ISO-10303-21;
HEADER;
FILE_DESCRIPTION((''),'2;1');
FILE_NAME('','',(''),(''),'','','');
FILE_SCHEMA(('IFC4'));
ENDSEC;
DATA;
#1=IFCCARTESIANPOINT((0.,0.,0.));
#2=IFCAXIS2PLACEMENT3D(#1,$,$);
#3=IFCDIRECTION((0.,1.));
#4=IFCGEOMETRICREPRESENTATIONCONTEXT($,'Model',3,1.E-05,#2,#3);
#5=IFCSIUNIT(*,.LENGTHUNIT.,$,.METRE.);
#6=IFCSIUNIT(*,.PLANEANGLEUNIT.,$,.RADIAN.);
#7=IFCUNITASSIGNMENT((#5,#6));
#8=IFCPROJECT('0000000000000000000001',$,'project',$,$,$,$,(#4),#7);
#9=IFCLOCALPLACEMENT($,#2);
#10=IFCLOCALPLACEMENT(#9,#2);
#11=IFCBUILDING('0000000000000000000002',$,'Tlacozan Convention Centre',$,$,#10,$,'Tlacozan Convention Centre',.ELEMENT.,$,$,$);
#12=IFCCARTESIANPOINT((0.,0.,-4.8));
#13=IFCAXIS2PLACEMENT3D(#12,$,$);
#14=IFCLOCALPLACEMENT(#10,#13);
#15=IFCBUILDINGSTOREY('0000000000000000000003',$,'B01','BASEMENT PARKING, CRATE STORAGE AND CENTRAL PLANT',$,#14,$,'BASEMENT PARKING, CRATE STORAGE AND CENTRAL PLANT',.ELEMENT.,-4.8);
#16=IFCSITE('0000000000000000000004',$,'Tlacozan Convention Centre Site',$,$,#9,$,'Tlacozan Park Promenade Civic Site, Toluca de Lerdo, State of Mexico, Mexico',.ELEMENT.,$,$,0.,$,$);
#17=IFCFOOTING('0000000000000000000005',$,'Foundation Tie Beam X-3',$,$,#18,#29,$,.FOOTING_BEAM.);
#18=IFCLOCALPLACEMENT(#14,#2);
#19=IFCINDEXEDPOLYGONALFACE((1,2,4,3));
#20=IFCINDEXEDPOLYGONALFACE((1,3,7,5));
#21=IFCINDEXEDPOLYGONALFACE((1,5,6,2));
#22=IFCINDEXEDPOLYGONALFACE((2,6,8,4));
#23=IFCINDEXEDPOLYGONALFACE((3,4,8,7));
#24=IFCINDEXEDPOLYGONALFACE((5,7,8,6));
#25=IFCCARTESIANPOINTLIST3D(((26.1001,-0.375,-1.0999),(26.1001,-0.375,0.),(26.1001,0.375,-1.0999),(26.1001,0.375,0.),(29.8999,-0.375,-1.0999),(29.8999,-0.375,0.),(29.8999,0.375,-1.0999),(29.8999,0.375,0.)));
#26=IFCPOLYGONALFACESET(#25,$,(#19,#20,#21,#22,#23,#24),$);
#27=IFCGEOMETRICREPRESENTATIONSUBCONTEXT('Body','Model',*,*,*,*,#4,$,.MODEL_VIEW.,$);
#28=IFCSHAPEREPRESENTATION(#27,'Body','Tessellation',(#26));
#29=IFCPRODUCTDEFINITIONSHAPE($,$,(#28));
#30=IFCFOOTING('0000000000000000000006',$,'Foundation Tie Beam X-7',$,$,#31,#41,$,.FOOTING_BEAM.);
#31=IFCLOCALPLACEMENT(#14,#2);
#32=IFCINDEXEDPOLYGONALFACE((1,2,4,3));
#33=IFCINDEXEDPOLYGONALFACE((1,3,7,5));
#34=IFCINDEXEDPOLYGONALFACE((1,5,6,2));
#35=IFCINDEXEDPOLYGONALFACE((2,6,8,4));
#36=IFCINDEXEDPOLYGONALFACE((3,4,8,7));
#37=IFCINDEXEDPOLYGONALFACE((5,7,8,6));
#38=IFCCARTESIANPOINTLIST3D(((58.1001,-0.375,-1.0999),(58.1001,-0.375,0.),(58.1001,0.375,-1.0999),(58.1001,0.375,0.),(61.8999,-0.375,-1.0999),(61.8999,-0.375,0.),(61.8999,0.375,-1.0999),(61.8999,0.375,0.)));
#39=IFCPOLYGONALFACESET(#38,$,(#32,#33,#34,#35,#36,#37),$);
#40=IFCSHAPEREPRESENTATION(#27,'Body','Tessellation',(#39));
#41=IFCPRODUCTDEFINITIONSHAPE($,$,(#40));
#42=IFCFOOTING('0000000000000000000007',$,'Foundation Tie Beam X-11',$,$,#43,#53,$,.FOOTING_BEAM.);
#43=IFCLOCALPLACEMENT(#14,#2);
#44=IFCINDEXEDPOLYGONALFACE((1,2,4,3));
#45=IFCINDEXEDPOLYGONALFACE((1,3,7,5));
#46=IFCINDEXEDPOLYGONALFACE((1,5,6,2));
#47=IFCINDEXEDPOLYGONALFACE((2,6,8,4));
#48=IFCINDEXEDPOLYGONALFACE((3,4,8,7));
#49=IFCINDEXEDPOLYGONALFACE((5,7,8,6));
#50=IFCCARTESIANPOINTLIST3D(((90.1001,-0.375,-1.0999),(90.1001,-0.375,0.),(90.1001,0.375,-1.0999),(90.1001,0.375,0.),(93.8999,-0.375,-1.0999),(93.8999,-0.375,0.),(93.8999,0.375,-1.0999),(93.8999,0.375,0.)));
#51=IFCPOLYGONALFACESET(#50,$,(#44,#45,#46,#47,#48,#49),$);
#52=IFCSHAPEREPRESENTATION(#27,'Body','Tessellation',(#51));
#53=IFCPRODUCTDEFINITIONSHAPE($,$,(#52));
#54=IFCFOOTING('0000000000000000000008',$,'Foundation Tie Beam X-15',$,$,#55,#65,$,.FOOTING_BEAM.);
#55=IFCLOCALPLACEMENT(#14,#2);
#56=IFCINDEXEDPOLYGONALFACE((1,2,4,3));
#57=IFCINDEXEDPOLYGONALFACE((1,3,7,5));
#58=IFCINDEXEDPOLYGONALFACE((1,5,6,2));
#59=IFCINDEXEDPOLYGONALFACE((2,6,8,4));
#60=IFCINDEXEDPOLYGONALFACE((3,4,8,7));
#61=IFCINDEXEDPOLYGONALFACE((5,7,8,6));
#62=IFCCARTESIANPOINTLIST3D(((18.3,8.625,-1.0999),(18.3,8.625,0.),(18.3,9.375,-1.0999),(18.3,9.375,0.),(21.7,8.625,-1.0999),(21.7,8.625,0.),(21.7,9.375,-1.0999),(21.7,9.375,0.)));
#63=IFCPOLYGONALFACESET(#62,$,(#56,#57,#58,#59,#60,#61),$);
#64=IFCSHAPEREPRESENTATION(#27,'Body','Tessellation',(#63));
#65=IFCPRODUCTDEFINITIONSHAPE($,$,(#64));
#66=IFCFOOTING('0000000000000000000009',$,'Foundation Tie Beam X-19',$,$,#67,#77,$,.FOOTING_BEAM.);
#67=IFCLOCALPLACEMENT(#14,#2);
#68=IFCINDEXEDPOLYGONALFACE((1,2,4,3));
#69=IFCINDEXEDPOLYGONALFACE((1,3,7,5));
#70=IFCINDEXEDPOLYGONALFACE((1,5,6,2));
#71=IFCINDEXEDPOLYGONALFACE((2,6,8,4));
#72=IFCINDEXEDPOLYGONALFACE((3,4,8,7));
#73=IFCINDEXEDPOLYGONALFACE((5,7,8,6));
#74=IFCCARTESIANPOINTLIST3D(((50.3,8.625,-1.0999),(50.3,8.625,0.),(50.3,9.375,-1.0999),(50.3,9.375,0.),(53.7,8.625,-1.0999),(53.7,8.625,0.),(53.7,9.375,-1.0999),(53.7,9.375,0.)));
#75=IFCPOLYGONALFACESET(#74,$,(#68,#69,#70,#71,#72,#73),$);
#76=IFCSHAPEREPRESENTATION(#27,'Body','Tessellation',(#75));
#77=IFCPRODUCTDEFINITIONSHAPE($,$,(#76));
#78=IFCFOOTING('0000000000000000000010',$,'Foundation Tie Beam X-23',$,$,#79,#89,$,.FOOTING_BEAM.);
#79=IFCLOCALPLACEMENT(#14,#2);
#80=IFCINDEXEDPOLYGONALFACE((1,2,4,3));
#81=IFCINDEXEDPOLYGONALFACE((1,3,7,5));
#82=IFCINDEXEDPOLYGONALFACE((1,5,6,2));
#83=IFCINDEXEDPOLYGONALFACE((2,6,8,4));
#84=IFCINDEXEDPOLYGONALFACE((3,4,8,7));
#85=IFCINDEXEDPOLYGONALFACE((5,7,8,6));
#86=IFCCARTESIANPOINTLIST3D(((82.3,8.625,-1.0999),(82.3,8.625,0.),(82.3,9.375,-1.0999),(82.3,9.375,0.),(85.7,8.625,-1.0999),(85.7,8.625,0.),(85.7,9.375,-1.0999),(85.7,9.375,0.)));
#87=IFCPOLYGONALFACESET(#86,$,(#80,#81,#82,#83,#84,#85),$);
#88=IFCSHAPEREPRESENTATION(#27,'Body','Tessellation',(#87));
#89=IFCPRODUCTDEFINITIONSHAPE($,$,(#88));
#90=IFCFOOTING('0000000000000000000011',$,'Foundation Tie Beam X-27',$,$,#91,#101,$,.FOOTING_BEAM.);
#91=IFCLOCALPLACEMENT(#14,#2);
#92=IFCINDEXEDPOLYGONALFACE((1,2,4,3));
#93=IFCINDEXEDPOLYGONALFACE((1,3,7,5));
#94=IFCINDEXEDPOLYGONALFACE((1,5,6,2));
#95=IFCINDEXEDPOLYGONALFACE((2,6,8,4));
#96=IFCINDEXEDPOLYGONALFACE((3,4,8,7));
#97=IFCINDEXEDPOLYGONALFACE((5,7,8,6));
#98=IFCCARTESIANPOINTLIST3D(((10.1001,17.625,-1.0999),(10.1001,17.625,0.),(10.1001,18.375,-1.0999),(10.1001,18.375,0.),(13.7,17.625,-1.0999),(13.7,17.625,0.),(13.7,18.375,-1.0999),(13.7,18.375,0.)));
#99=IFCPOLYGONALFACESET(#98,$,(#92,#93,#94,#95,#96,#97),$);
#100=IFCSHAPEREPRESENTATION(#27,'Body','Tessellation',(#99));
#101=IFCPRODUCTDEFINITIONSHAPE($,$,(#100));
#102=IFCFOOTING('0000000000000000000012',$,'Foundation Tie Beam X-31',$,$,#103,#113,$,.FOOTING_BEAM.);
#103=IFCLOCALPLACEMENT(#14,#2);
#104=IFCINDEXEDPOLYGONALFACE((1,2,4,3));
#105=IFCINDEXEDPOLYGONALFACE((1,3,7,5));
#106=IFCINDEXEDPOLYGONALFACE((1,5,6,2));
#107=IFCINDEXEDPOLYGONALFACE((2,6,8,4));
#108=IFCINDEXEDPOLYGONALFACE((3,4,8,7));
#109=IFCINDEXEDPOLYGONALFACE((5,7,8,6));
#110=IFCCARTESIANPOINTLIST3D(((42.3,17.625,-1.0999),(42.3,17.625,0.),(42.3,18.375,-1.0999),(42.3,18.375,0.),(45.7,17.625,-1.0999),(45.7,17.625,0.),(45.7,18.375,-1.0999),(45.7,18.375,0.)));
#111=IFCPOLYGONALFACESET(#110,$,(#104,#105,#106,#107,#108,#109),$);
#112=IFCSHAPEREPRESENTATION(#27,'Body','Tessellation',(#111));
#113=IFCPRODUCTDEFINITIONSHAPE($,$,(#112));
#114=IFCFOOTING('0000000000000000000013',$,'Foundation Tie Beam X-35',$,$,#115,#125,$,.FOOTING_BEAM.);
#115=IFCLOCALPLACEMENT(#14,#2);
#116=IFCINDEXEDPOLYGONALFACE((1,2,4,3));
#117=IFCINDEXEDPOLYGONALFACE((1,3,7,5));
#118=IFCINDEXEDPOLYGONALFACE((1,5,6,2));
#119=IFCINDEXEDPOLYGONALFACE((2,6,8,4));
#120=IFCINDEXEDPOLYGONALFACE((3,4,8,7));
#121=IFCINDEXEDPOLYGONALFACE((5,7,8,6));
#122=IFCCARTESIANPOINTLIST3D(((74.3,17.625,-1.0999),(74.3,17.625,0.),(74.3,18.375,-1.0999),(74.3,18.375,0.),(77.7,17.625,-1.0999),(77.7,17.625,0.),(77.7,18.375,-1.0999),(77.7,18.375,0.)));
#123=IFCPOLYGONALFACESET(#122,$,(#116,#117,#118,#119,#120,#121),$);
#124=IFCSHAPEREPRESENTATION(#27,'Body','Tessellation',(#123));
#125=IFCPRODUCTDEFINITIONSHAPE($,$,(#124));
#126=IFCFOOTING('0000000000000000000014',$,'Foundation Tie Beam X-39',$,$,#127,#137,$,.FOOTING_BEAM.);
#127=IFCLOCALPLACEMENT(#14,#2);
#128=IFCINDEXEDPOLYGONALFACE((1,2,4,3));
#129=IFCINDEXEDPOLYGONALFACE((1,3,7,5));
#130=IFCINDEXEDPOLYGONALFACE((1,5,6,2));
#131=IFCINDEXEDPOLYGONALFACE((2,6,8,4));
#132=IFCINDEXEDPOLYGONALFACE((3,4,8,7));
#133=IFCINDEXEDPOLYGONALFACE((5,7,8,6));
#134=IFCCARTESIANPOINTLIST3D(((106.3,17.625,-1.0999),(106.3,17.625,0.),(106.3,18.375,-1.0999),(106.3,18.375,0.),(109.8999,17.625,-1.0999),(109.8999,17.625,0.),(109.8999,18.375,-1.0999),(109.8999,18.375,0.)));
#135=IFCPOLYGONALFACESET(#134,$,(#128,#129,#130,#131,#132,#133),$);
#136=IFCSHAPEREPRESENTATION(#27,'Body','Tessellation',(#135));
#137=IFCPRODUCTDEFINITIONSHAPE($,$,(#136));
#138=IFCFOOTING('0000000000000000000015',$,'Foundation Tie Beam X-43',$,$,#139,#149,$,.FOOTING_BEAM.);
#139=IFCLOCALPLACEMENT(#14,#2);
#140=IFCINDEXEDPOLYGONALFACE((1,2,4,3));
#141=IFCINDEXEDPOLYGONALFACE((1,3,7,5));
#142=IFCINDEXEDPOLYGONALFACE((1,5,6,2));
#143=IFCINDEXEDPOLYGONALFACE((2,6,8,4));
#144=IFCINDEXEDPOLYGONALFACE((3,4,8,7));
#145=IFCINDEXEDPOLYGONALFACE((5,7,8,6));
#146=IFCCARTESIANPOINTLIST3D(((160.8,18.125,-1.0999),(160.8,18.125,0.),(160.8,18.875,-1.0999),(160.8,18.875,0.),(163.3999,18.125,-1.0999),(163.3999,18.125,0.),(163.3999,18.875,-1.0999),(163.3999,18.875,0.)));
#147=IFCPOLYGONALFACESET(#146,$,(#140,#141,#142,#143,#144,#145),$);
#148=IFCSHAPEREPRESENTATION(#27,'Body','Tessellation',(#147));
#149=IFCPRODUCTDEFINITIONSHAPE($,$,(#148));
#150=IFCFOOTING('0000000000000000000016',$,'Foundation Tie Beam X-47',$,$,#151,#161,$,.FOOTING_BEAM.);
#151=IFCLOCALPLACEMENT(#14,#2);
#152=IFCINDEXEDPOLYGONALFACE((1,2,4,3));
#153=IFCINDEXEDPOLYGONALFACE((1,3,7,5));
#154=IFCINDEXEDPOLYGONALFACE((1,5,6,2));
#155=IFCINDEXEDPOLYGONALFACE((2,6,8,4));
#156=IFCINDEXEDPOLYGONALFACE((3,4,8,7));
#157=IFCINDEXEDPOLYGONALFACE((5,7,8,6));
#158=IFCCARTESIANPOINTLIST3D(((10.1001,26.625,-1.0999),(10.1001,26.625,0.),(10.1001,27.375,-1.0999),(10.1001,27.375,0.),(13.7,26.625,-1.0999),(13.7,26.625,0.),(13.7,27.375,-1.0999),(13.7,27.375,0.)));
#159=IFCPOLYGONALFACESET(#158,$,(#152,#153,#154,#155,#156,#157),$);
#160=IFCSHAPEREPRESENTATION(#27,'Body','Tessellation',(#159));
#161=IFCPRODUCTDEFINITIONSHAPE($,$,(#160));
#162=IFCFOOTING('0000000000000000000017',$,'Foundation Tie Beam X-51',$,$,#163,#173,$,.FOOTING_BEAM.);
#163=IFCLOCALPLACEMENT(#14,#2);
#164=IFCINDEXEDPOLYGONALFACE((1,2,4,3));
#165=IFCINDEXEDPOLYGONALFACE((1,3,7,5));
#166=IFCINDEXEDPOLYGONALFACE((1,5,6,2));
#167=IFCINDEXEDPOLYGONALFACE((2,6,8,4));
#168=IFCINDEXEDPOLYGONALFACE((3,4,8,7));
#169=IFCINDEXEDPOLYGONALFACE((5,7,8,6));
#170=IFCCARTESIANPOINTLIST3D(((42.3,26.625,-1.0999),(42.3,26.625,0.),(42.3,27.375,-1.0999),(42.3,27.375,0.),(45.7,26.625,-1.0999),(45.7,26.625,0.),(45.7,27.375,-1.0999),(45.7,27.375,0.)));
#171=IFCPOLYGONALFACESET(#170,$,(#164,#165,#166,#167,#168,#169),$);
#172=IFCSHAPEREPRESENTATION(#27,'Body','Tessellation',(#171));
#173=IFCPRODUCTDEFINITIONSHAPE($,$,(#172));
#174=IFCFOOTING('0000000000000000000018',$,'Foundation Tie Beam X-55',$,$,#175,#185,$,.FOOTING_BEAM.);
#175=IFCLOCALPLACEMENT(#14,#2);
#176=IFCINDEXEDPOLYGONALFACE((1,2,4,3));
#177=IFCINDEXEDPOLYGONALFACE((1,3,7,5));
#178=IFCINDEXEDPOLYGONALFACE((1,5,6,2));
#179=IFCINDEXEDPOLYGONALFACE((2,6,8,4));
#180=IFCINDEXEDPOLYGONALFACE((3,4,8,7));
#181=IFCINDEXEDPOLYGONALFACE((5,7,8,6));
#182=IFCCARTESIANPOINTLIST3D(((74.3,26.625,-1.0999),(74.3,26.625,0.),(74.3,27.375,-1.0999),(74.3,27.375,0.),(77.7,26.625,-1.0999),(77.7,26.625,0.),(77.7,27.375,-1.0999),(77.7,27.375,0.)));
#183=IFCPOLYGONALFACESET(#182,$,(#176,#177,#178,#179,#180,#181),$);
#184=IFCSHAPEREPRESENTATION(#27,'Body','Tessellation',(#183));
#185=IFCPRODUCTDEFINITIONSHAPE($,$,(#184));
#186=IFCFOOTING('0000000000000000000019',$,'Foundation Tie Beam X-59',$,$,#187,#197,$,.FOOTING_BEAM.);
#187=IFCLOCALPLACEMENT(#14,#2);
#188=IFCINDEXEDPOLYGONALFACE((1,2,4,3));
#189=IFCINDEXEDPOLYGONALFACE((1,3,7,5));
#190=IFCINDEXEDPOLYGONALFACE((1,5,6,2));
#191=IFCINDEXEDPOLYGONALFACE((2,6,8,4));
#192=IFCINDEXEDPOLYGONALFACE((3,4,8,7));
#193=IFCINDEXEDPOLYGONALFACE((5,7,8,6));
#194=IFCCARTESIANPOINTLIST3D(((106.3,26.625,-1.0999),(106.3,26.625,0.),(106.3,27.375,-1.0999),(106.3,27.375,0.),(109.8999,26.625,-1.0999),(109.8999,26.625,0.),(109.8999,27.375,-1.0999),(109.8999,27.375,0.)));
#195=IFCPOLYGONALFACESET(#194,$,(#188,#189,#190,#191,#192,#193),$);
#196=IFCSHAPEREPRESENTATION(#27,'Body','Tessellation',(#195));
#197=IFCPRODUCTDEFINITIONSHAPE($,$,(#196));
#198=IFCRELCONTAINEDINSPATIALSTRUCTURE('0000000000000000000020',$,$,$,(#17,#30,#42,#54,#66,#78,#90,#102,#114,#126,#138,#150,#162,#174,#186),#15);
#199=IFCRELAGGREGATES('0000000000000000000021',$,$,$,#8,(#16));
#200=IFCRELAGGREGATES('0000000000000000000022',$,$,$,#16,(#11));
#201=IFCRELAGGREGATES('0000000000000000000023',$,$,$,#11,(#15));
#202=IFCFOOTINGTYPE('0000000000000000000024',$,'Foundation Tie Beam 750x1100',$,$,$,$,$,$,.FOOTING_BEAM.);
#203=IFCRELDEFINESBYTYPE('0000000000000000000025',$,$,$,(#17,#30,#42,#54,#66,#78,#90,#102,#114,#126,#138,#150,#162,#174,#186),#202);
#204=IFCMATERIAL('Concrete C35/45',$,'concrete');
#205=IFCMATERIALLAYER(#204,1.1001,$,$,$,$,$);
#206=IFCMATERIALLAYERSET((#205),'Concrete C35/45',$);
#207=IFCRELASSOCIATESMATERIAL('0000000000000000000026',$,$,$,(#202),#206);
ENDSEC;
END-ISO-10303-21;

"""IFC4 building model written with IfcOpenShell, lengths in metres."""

from ifc_helpers import new_model, si_unit, direction, frame, origin, place, context, subcontext, project, spatial, polyline, outline, extrude, material, layer, layer_set, type_object, element, save


model = new_model("IFC4")

# Units and contexts
model_context = context("Model", 3, precision=1e-05, world=origin(), true_north=direction((0.0, 1.0)))
body_context = subcontext(model_context, "Body", "Model", "MODEL_VIEW")
ifc_project = project(units=[si_unit("LENGTHUNIT", "METRE"), si_unit("PLANEANGLEUNIT", "RADIAN")], contexts=[model_context])

# Site, building, storey
site_placement = place(None, origin())
site = spatial("IfcSite", under=ifc_project, at=site_placement, Name="Tlacozan Convention Centre Site", LongName="Tlacozan Park Promenade Civic Site, Toluca de Lerdo, State of Mexico, Mexico", CompositionType="ELEMENT", RefElevation=0.0)
building_placement = place(site_placement, origin())
building = spatial("IfcBuilding", under=site, at=building_placement, Name="Tlacozan Convention Centre", LongName="Tlacozan Convention Centre", CompositionType="ELEMENT")
storey_placement = place(building_placement, frame((0.0, 0.0, -4.8)))
storey = spatial("IfcBuildingStorey", under=building, at=storey_placement, Name="B01", Description="BASEMENT PARKING, CRATE STORAGE AND CENTRAL PLANT", LongName="BASEMENT PARKING, CRATE STORAGE AND CENTRAL PLANT", CompositionType="ELEMENT", Elevation=-4.8)

# Footings
ifc_material = material(Name="Concrete C35/45", Category="concrete")
ifc_layer = layer(ifc_material, 1.1001)
ifc_layer_set = layer_set([ifc_layer], Name="Concrete C35/45")
footing_type = type_object("IfcFootingType", Name="Foundation Tie Beam 750x1100", PredefinedType="FOOTING_BEAM", material=ifc_layer_set)
footing_1_placement = place(storey_placement, frame((0.0, 0.0, -1.0999)))
element("IfcFooting", 1, at=footing_1_placement, inside=storey, type_object=footing_type, Name="Foundation Tie Beam X-3", PredefinedType="FOOTING_BEAM", context=body_context, shape_type="SweptSolid", body=[
    extrude(outline(polyline([(26.1001, -0.375), (29.8999, -0.375), (29.8999, 0.375), (26.1001, 0.375), (26.1001, -0.375)])), origin(), (0.0, 0.0, 1.0), 1.0999),
])
footing_2_placement = place(storey_placement, frame((0.0, 0.0, -1.0999)))
element("IfcFooting", 2, at=footing_2_placement, inside=storey, type_object=footing_type, Name="Foundation Tie Beam X-7", PredefinedType="FOOTING_BEAM", context=body_context, shape_type="SweptSolid", body=[
    extrude(outline(polyline([(58.1001, -0.375), (61.8999, -0.375), (61.8999, 0.375), (58.1001, 0.375), (58.1001, -0.375)])), origin(), (0.0, 0.0, 1.0), 1.0999),
])
footing_3_placement = place(storey_placement, frame((0.0, 0.0, -1.0999)))
element("IfcFooting", 3, at=footing_3_placement, inside=storey, type_object=footing_type, Name="Foundation Tie Beam X-11", PredefinedType="FOOTING_BEAM", context=body_context, shape_type="SweptSolid", body=[
    extrude(outline(polyline([(90.1001, -0.375), (93.8999, -0.375), (93.8999, 0.375), (90.1001, 0.375), (90.1001, -0.375)])), origin(), (0.0, 0.0, 1.0), 1.0999),
])
footing_4_placement = place(storey_placement, frame((0.0, 0.0, -1.0999)))
element("IfcFooting", 4, at=footing_4_placement, inside=storey, type_object=footing_type, Name="Foundation Tie Beam X-15", PredefinedType="FOOTING_BEAM", context=body_context, shape_type="SweptSolid", body=[
    extrude(outline(polyline([(18.3, 8.625), (21.7, 8.625), (21.7, 9.375), (18.3, 9.375), (18.3, 8.625)])), origin(), (0.0, 0.0, 1.0), 1.0999),
])
footing_5_placement = place(storey_placement, frame((0.0, 0.0, -1.0999)))
element("IfcFooting", 5, at=footing_5_placement, inside=storey, type_object=footing_type, Name="Foundation Tie Beam X-19", PredefinedType="FOOTING_BEAM", context=body_context, shape_type="SweptSolid", body=[
    extrude(outline(polyline([(50.3, 8.625), (53.7, 8.625), (53.7, 9.375), (50.3, 9.375), (50.3, 8.625)])), origin(), (0.0, 0.0, 1.0), 1.0999),
])
footing_6_placement = place(storey_placement, frame((0.0, 0.0, -1.0999)))
element("IfcFooting", 6, at=footing_6_placement, inside=storey, type_object=footing_type, Name="Foundation Tie Beam X-23", PredefinedType="FOOTING_BEAM", context=body_context, shape_type="SweptSolid", body=[
    extrude(outline(polyline([(82.3, 8.625), (85.7, 8.625), (85.7, 9.375), (82.3, 9.375), (82.3, 8.625)])), origin(), (0.0, 0.0, 1.0), 1.0999),
])
footing_7_placement = place(storey_placement, frame((0.0, 0.0, -1.0999)))
element("IfcFooting", 7, at=footing_7_placement, inside=storey, type_object=footing_type, Name="Foundation Tie Beam X-27", PredefinedType="FOOTING_BEAM", context=body_context, shape_type="SweptSolid", body=[
    extrude(outline(polyline([(10.1001, 17.625), (13.7, 17.625), (13.7, 18.375), (10.1001, 18.375), (10.1001, 17.625)])), origin(), (0.0, 0.0, 1.0), 1.0999),
])
footing_8_placement = place(storey_placement, frame((0.0, 0.0, -1.0999)))
element("IfcFooting", 8, at=footing_8_placement, inside=storey, type_object=footing_type, Name="Foundation Tie Beam X-31", PredefinedType="FOOTING_BEAM", context=body_context, shape_type="SweptSolid", body=[
    extrude(outline(polyline([(42.3, 17.625), (45.7, 17.625), (45.7, 18.375), (42.3, 18.375), (42.3, 17.625)])), origin(), (0.0, 0.0, 1.0), 1.0999),
])
footing_9_placement = place(storey_placement, frame((0.0, 0.0, -1.0999)))
element("IfcFooting", 9, at=footing_9_placement, inside=storey, type_object=footing_type, Name="Foundation Tie Beam X-35", PredefinedType="FOOTING_BEAM", context=body_context, shape_type="SweptSolid", body=[
    extrude(outline(polyline([(74.3, 17.625), (77.7, 17.625), (77.7, 18.375), (74.3, 18.375), (74.3, 17.625)])), origin(), (0.0, 0.0, 1.0), 1.0999),
])
footing_10_placement = place(storey_placement, frame((0.0, 0.0, -1.0999)))
element("IfcFooting", 10, at=footing_10_placement, inside=storey, type_object=footing_type, Name="Foundation Tie Beam X-39", PredefinedType="FOOTING_BEAM", context=body_context, shape_type="SweptSolid", body=[
    extrude(outline(polyline([(106.3, 17.625), (109.8999, 17.625), (109.8999, 18.375), (106.3, 18.375), (106.3, 17.625)])), origin(), (0.0, 0.0, 1.0), 1.0999),
])
footing_11_placement = place(storey_placement, frame((0.0, 0.0, -1.0999)))
element("IfcFooting", 11, at=footing_11_placement, inside=storey, type_object=footing_type, Name="Foundation Tie Beam X-43", PredefinedType="FOOTING_BEAM", context=body_context, shape_type="SweptSolid", body=[
    extrude(outline(polyline([(160.8, 18.125), (163.3999, 18.125), (163.3999, 18.875), (160.8, 18.875), (160.8, 18.125)])), origin(), (0.0, 0.0, 1.0), 1.0999),
])
footing_12_placement = place(storey_placement, frame((0.0, 0.0, -1.0999)))
element("IfcFooting", 12, at=footing_12_placement, inside=storey, type_object=footing_type, Name="Foundation Tie Beam X-47", PredefinedType="FOOTING_BEAM", context=body_context, shape_type="SweptSolid", body=[
    extrude(outline(polyline([(10.1001, 26.625), (13.7, 26.625), (13.7, 27.375), (10.1001, 27.375), (10.1001, 26.625)])), origin(), (0.0, 0.0, 1.0), 1.0999),
])
footing_13_placement = place(storey_placement, frame((0.0, 0.0, -1.0999)))
element("IfcFooting", 13, at=footing_13_placement, inside=storey, type_object=footing_type, Name="Foundation Tie Beam X-51", PredefinedType="FOOTING_BEAM", context=body_context, shape_type="SweptSolid", body=[
    extrude(outline(polyline([(42.3, 26.625), (45.7, 26.625), (45.7, 27.375), (42.3, 27.375), (42.3, 26.625)])), origin(), (0.0, 0.0, 1.0), 1.0999),
])
footing_14_placement = place(storey_placement, frame((0.0, 0.0, -1.0999)))
element("IfcFooting", 14, at=footing_14_placement, inside=storey, type_object=footing_type, Name="Foundation Tie Beam X-55", PredefinedType="FOOTING_BEAM", context=body_context, shape_type="SweptSolid", body=[
    extrude(outline(polyline([(74.3, 26.625), (77.7, 26.625), (77.7, 27.375), (74.3, 27.375), (74.3, 26.625)])), origin(), (0.0, 0.0, 1.0), 1.0999),
])
footing_15_placement = place(storey_placement, frame((0.0, 0.0, -1.0999)))
element("IfcFooting", 15, at=footing_15_placement, inside=storey, type_object=footing_type, Name="Foundation Tie Beam X-59", PredefinedType="FOOTING_BEAM", context=body_context, shape_type="SweptSolid", body=[
    extrude(outline(polyline([(106.3, 26.625), (109.8999, 26.625), (109.8999, 27.375), (106.3, 27.375), (106.3, 26.625)])), origin(), (0.0, 0.0, 1.0), 1.0999),
])

save(model, "model.ifc")
